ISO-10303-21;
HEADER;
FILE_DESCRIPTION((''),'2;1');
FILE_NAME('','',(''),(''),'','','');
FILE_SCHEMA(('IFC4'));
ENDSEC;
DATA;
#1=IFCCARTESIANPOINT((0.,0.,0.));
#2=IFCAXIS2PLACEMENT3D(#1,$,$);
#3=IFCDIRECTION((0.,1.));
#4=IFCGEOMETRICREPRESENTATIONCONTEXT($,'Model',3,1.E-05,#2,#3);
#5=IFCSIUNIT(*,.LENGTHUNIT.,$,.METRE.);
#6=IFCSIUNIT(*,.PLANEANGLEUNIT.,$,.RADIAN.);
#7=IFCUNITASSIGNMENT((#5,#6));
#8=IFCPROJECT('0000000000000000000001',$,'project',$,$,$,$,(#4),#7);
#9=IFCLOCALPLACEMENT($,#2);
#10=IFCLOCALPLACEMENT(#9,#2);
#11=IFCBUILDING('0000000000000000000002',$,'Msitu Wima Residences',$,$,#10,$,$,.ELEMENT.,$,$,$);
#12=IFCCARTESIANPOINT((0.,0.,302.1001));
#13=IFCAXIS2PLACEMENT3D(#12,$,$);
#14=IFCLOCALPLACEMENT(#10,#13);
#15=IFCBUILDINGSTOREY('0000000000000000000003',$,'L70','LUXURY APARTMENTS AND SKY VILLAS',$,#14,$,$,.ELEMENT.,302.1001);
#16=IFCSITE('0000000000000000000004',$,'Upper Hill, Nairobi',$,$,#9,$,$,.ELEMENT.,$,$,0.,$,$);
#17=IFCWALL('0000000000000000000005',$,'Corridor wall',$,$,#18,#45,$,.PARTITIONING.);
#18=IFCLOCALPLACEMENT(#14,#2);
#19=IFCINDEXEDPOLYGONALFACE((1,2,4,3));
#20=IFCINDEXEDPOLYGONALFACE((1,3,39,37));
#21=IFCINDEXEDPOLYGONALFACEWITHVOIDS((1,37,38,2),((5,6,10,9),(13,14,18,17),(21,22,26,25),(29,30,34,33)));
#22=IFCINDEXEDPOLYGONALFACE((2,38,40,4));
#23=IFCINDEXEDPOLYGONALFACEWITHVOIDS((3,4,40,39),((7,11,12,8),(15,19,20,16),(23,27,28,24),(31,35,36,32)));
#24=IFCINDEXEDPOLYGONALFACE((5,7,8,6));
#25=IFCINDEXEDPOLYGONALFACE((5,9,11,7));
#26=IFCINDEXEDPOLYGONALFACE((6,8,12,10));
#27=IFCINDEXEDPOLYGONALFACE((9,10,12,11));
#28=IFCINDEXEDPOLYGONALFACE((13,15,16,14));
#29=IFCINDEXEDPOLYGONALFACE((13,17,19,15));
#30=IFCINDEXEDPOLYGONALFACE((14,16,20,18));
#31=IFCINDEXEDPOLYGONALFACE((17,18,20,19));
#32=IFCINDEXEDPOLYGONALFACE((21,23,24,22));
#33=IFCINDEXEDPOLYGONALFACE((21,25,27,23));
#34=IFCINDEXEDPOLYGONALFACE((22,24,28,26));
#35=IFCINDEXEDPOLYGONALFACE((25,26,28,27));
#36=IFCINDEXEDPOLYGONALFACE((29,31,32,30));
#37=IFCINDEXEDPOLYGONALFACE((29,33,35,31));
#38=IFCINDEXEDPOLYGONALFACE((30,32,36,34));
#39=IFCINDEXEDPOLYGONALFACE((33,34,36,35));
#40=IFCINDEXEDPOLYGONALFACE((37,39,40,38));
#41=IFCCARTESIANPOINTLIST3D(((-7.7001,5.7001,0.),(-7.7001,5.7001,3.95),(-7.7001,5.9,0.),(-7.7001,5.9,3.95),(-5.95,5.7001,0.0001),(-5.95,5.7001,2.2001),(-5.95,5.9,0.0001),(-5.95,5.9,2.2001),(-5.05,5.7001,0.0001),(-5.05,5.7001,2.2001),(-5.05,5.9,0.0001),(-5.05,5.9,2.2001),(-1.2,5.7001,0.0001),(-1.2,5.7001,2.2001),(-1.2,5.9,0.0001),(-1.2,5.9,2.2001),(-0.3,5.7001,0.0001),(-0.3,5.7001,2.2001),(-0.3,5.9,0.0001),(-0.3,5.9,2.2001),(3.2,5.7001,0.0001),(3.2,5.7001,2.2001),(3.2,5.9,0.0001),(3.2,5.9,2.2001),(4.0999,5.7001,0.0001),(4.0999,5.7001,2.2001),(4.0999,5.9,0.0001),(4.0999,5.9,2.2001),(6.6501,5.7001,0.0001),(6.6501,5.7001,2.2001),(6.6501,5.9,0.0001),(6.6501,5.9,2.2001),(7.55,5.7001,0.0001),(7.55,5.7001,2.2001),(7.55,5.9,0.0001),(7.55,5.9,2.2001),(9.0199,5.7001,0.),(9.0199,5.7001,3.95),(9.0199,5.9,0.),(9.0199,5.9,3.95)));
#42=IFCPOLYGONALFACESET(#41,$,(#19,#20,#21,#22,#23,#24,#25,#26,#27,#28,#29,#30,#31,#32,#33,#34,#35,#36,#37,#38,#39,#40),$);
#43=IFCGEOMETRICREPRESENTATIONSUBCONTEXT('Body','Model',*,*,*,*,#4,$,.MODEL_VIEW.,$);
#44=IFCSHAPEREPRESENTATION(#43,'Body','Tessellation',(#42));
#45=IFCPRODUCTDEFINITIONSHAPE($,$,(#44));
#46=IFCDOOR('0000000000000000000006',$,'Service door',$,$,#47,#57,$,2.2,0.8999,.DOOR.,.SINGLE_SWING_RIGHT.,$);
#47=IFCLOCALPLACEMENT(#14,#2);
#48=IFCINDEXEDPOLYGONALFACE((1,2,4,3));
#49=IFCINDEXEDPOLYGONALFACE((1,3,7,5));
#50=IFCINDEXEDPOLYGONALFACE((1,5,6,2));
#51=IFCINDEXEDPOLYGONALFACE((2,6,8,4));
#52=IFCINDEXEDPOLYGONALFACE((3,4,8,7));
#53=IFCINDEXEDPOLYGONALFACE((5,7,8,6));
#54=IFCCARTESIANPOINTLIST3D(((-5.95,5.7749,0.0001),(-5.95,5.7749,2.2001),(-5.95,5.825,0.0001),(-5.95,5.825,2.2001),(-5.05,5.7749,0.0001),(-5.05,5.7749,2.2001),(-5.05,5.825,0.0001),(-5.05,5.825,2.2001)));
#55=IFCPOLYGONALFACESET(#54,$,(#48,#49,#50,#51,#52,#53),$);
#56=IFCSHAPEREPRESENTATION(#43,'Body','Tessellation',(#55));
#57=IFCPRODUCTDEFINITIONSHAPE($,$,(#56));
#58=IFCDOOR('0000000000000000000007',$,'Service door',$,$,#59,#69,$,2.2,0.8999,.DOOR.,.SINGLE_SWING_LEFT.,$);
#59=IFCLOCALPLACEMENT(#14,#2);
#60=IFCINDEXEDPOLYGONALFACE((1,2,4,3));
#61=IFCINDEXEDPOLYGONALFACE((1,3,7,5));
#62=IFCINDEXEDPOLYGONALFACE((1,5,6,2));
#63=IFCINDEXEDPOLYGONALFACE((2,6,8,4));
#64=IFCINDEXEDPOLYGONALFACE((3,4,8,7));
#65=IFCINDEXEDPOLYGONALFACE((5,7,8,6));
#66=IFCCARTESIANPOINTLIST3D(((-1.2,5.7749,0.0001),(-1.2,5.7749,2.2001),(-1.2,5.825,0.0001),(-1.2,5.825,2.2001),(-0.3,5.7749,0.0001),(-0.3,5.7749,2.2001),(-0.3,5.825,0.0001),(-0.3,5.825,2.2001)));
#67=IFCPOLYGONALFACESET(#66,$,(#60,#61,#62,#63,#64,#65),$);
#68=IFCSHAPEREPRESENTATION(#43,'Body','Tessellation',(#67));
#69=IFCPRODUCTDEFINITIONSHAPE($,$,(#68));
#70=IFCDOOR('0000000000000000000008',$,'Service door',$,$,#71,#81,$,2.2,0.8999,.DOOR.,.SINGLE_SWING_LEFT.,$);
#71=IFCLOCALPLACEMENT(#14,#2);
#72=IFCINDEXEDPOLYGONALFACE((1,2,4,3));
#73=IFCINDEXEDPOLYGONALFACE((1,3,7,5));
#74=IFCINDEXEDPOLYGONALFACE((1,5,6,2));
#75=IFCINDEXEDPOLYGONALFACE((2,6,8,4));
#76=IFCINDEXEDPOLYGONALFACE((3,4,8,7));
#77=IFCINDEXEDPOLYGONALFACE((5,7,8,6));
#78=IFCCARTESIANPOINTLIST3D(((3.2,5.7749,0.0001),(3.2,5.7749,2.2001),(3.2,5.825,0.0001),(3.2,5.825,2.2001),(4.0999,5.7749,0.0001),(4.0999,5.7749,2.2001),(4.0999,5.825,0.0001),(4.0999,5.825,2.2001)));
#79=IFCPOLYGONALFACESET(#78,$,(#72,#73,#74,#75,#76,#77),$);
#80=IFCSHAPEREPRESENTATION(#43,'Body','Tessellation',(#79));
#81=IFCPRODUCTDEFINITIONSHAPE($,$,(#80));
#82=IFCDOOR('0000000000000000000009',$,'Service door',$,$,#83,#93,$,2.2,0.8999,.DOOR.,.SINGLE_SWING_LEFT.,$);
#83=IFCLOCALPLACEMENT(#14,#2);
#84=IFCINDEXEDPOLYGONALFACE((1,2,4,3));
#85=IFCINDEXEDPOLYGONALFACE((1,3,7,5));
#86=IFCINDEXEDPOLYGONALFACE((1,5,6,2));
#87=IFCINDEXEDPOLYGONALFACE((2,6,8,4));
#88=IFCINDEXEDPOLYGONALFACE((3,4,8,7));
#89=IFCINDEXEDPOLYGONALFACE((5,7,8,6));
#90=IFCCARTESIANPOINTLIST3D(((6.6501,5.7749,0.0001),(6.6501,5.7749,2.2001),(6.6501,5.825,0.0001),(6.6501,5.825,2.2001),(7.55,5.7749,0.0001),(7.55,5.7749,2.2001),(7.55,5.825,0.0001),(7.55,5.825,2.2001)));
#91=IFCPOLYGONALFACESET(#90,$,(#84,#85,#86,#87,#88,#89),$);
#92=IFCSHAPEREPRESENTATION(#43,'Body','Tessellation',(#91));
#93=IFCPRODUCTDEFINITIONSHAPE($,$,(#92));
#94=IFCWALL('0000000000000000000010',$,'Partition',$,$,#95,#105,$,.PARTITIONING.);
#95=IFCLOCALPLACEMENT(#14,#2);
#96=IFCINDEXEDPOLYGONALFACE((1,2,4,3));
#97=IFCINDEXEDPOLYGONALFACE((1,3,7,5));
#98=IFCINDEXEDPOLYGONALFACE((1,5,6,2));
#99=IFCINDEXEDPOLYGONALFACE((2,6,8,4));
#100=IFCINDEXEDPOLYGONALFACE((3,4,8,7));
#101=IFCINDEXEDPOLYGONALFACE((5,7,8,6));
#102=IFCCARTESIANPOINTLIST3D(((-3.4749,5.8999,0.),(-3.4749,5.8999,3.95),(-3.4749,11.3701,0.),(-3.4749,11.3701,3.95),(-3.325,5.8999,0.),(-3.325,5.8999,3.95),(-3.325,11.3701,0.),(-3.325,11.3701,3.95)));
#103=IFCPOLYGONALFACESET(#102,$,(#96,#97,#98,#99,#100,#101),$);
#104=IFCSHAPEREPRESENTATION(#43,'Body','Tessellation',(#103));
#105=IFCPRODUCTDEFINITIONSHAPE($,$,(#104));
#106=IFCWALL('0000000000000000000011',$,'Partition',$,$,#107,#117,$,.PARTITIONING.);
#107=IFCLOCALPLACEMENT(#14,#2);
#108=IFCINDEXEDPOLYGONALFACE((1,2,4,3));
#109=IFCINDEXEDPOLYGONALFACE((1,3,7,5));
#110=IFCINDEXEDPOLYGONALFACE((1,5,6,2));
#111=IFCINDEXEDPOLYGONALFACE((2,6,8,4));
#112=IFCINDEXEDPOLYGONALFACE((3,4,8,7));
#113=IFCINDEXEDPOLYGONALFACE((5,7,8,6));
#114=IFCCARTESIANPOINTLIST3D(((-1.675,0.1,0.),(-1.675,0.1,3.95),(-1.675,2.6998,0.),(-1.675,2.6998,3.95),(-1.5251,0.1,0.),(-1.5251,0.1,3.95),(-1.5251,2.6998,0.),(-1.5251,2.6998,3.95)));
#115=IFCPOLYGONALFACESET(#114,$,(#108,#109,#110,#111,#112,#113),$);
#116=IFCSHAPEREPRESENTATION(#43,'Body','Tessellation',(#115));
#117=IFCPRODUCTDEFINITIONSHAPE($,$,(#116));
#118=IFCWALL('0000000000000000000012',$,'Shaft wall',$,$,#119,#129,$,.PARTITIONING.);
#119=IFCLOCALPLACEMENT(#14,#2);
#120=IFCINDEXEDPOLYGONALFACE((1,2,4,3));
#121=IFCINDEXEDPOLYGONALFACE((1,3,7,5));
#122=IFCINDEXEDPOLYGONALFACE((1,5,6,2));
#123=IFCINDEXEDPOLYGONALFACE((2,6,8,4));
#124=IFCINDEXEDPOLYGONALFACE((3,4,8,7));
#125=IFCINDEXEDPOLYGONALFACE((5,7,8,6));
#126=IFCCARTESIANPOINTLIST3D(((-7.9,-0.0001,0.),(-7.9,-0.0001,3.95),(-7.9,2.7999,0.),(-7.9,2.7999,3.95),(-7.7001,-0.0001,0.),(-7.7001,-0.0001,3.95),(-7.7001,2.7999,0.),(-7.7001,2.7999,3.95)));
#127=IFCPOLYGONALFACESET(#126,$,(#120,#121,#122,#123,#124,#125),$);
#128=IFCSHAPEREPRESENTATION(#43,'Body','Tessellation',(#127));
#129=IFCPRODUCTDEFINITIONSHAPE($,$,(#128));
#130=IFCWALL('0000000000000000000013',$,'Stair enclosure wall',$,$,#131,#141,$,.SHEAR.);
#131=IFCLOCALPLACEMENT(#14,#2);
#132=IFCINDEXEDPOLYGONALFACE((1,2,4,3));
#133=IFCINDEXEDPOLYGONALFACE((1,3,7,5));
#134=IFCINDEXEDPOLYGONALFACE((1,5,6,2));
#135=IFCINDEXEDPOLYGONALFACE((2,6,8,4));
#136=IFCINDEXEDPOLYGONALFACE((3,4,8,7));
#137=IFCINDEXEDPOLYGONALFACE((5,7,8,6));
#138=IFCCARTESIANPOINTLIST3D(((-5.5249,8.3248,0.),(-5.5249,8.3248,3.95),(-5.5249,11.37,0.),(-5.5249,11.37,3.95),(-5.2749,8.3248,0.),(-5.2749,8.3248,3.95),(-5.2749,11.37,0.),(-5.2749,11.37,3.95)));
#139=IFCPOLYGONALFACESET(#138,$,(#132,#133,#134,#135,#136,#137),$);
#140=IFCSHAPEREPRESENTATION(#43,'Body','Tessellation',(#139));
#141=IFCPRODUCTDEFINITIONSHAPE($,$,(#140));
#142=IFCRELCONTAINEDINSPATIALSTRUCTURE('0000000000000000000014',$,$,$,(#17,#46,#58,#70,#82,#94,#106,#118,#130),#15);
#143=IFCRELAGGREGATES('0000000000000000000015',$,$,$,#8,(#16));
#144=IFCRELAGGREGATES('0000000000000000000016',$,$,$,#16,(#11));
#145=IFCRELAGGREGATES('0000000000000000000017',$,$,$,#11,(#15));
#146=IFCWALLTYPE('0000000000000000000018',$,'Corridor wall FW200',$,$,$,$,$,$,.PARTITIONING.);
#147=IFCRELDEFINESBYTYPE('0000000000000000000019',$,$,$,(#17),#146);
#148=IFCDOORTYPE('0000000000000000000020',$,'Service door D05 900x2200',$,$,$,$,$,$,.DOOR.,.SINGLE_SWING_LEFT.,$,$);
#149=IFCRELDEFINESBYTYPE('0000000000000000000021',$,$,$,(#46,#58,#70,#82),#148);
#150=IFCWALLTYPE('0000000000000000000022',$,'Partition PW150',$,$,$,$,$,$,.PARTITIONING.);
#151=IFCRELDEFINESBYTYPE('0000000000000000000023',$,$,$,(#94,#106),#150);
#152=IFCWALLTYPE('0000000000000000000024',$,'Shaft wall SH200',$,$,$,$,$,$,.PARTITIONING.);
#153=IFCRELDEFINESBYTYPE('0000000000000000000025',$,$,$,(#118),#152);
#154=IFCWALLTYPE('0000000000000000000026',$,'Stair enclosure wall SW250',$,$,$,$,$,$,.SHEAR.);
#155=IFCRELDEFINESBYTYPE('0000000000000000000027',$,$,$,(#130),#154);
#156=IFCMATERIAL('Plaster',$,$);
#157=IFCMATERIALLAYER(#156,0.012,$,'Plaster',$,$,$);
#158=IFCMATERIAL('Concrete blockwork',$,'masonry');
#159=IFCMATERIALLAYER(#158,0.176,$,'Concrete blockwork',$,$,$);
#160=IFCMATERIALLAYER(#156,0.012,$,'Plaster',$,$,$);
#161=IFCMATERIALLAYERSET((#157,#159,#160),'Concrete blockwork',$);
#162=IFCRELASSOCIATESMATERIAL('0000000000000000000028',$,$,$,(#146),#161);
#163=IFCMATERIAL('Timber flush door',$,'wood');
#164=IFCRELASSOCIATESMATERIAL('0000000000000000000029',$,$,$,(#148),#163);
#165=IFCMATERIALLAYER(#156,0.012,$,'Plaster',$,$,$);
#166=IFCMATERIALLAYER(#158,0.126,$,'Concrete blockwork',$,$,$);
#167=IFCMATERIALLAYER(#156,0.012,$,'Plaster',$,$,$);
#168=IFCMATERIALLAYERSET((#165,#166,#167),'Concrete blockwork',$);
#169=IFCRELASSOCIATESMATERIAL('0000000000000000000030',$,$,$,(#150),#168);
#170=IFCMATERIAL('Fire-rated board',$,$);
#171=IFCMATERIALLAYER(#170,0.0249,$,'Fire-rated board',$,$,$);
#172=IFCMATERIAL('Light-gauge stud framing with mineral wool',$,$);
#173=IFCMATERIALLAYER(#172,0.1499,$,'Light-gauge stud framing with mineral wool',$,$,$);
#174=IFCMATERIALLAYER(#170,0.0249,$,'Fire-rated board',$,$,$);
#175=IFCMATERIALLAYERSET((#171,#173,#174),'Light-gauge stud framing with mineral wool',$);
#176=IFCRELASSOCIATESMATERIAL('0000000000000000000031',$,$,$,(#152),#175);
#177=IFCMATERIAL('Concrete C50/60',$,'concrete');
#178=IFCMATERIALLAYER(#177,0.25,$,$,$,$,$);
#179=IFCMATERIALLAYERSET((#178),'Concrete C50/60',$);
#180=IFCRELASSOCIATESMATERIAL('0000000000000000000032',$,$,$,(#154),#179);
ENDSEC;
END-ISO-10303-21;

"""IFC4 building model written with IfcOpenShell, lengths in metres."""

from ifc_helpers import new_model, si_unit, direction, frame, frame_2d, origin, place, context, subcontext, project, spatial, rectangle, extrude, material, layer, layer_set, type_object, element, fill, save


model = new_model("IFC4")

# Units and contexts
model_context = context("Model", 3, precision=1e-05, world=origin(), true_north=direction((0.0, 1.0)))
body_context = subcontext(model_context, "Body", "Model", "MODEL_VIEW")
ifc_project = project(units=[si_unit("LENGTHUNIT", "METRE"), si_unit("PLANEANGLEUNIT", "RADIAN")], contexts=[model_context])

# Site, building, storey
site_placement = place(None, origin())
site = spatial("IfcSite", under=ifc_project, at=site_placement, Name="Upper Hill, Nairobi", CompositionType="ELEMENT", RefElevation=0.0)
building_placement = place(site_placement, origin())
building = spatial("IfcBuilding", under=site, at=building_placement, Name="Msitu Wima Residences", CompositionType="ELEMENT")
storey_placement = place(building_placement, frame((0.0, 0.0, 302.1001)))
storey = spatial("IfcBuildingStorey", under=building, at=storey_placement, Name="L70", Description="LUXURY APARTMENTS AND SKY VILLAS", CompositionType="ELEMENT", Elevation=302.1001)

# Shared definitions
ifc_material_1 = material(Name="Plaster")
ifc_layer_1 = layer(ifc_material_1, 0.012, Name="Plaster")
ifc_material_2 = material(Name="Concrete blockwork", Category="masonry")
ifc_layer_2 = layer(ifc_material_2, 0.176, Name="Concrete blockwork")
ifc_layer_3 = layer(ifc_material_1, 0.012, Name="Plaster")
ifc_layer_set_1 = layer_set([ifc_layer_1, ifc_layer_2, ifc_layer_3], Name="Concrete blockwork")
wall_type_1 = type_object("IfcWallType", Name="Corridor wall FW200", PredefinedType="PARTITIONING", material=ifc_layer_set_1)
ifc_material_3 = material(Name="Timber flush door", Category="wood")
door_type_1 = type_object("IfcDoorType", Name="Service door D05 900x2200", OperationType="SINGLE_SWING_LEFT", PredefinedType="DOOR", material=ifc_material_3)

# Wall, openings, doors
wall_1_placement = place(storey_placement, frame((-7.7, 5.8, 0.0), z_axis=(0.0, 0.0, 1.0), x_axis=(1.0, 0.0, 0.0)))
wall_1 = element("IfcWall", 1, at=wall_1_placement, inside=storey, type_object=wall_type_1, Name="Corridor wall", PredefinedType="PARTITIONING", context=body_context, shape_type="SweptSolid", body=[
    extrude(rectangle(XDim=16.72, YDim=0.2, at=frame_2d((8.3599, 0.0))), origin(), (0.0, 0.0, 1.0), 3.95),
])
opening_1_placement = place(wall_1_placement, frame((1.75, 0.0, 0.0)))
opening_1 = element("IfcOpeningElement", 2, at=opening_1_placement, cuts=wall_1, PredefinedType="OPENING", context=body_context, shape_type="SweptSolid", body=[
    extrude(rectangle(XDim=0.8999, YDim=2.2, at=frame_2d((0.45, 1.1001))), frame((0.0, 0.1099, 0.0), z_axis=(0.0, -1.0, 0.0), x_axis=(1.0, 0.0, 0.0)), (0.0, 0.0, 1.0), 0.22),
])
opening_2_placement = place(wall_1_placement, frame((6.5, 0.0, 0.0)))
opening_2 = element("IfcOpeningElement", 3, at=opening_2_placement, cuts=wall_1, PredefinedType="OPENING", context=body_context, shape_type="SweptSolid", body=[
    extrude(rectangle(XDim=0.8999, YDim=2.2, at=frame_2d((0.45, 1.1001))), frame((0.0, 0.1099, 0.0), z_axis=(0.0, -1.0, 0.0), x_axis=(1.0, 0.0, 0.0)), (0.0, 0.0, 1.0), 0.22),
])
opening_3_placement = place(wall_1_placement, frame((10.8999, 0.0, 0.0)))
opening_3 = element("IfcOpeningElement", 4, at=opening_3_placement, cuts=wall_1, PredefinedType="OPENING", context=body_context, shape_type="SweptSolid", body=[
    extrude(rectangle(XDim=0.8999, YDim=2.2, at=frame_2d((0.45, 1.1001))), frame((0.0, 0.1099, 0.0), z_axis=(0.0, -1.0, 0.0), x_axis=(1.0, 0.0, 0.0)), (0.0, 0.0, 1.0), 0.22),
])
opening_4_placement = place(wall_1_placement, frame((14.3501, 0.0, 0.0)))
opening_4 = element("IfcOpeningElement", 5, at=opening_4_placement, cuts=wall_1, PredefinedType="OPENING", context=body_context, shape_type="SweptSolid", body=[
    extrude(rectangle(XDim=0.8999, YDim=2.2, at=frame_2d((0.45, 1.1001))), frame((0.0, 0.1099, 0.0), z_axis=(0.0, -1.0, 0.0), x_axis=(1.0, 0.0, 0.0)), (0.0, 0.0, 1.0), 0.22),
])
door_1_placement = place(opening_1_placement, origin())
door_1 = element("IfcDoor", 6, at=door_1_placement, inside=storey, type_object=door_type_1, Name="Service door", OperationType="SINGLE_SWING_RIGHT", OverallHeight=2.2, OverallWidth=0.8999, PredefinedType="DOOR", context=body_context, shape_type="SweptSolid", body=[
    extrude(rectangle(XDim=0.8999, YDim=2.2, at=frame_2d((0.45, 1.1001))), frame((0.0, 0.0249, 0.0), z_axis=(0.0, -1.0, 0.0), x_axis=(1.0, 0.0, 0.0)), (0.0, 0.0, 1.0), 0.05),
])
fill(opening_1, door_1)
door_2_placement = place(opening_2_placement, origin())
door_2 = element("IfcDoor", 7, at=door_2_placement, inside=storey, type_object=door_type_1, Name="Service door", OperationType="SINGLE_SWING_LEFT", OverallHeight=2.2, OverallWidth=0.8999, PredefinedType="DOOR", context=body_context, shape_type="SweptSolid", body=[
    extrude(rectangle(XDim=0.8999, YDim=2.2, at=frame_2d((0.45, 1.1001))), frame((0.0, 0.0249, 0.0), z_axis=(0.0, -1.0, 0.0), x_axis=(1.0, 0.0, 0.0)), (0.0, 0.0, 1.0), 0.05),
])
fill(opening_2, door_2)
door_3_placement = place(opening_3_placement, origin())
door_3 = element("IfcDoor", 8, at=door_3_placement, inside=storey, type_object=door_type_1, Name="Service door", OperationType="SINGLE_SWING_LEFT", OverallHeight=2.2, OverallWidth=0.8999, PredefinedType="DOOR", context=body_context, shape_type="SweptSolid", body=[
    extrude(rectangle(XDim=0.8999, YDim=2.2, at=frame_2d((0.45, 1.1001))), frame((0.0, 0.0249, 0.0), z_axis=(0.0, -1.0, 0.0), x_axis=(1.0, 0.0, 0.0)), (0.0, 0.0, 1.0), 0.05),
])
fill(opening_3, door_3)
door_4_placement = place(opening_4_placement, origin())
door_4 = element("IfcDoor", 9, at=door_4_placement, inside=storey, type_object=door_type_1, Name="Service door", OperationType="SINGLE_SWING_LEFT", OverallHeight=2.2, OverallWidth=0.8999, PredefinedType="DOOR", context=body_context, shape_type="SweptSolid", body=[
    extrude(rectangle(XDim=0.8999, YDim=2.2, at=frame_2d((0.45, 1.1001))), frame((0.0, 0.0249, 0.0), z_axis=(0.0, -1.0, 0.0), x_axis=(1.0, 0.0, 0.0)), (0.0, 0.0, 1.0), 0.05),
])
fill(opening_4, door_4)

# Walls
ifc_layer_4 = layer(ifc_material_1, 0.012, Name="Plaster")
ifc_layer_5 = layer(ifc_material_2, 0.126, Name="Concrete blockwork")
ifc_layer_6 = layer(ifc_material_1, 0.012, Name="Plaster")
ifc_layer_set_2 = layer_set([ifc_layer_4, ifc_layer_5, ifc_layer_6], Name="Concrete blockwork")
wall_type_2 = type_object("IfcWallType", Name="Partition PW150", PredefinedType="PARTITIONING", material=ifc_layer_set_2)
wall_2_placement = place(storey_placement, frame((-3.3999, 5.8999, 0.0), z_axis=(0.0, 0.0, 1.0), x_axis=(0.0, 1.0, 0.0)))
element("IfcWall", 10, at=wall_2_placement, inside=storey, type_object=wall_type_2, Name="Partition", PredefinedType="PARTITIONING", context=body_context, shape_type="SweptSolid", body=[
    extrude(rectangle(XDim=5.4702, YDim=0.1499, at=frame_2d((2.7351, 0.0))), origin(), (0.0, 0.0, 1.0), 3.95),
])
wall_3_placement = place(storey_placement, frame((-1.6001, 0.1001, 0.0), z_axis=(0.0, 0.0, 1.0), x_axis=(0.0, 1.0, 0.0)))
element("IfcWall", 11, at=wall_3_placement, inside=storey, type_object=wall_type_2, Name="Partition", PredefinedType="PARTITIONING", context=body_context, shape_type="SweptSolid", body=[
    extrude(rectangle(XDim=2.5999, YDim=0.1499, at=frame_2d((1.2998, 0.0))), origin(), (0.0, 0.0, 1.0), 3.95),
])
ifc_material_4 = material(Name="Fire-rated board")
ifc_layer_7 = layer(ifc_material_4, 0.0249, Name="Fire-rated board")
ifc_material_5 = material(Name="Light-gauge stud framing with mineral wool")
ifc_layer_8 = layer(ifc_material_5, 0.1499, Name="Light-gauge stud framing with mineral wool")
ifc_layer_9 = layer(ifc_material_4, 0.0249, Name="Fire-rated board")
ifc_layer_set_3 = layer_set([ifc_layer_7, ifc_layer_8, ifc_layer_9], Name="Light-gauge stud framing with mineral wool")
wall_type_3 = type_object("IfcWallType", Name="Shaft wall SH200", PredefinedType="PARTITIONING", material=ifc_layer_set_3)
wall_4_placement = place(storey_placement, frame((-7.8, 0.0, 0.0), z_axis=(0.0, 0.0, 1.0), x_axis=(0.0, 1.0, 0.0)))
element("IfcWall", 12, at=wall_4_placement, inside=storey, type_object=wall_type_3, Name="Shaft wall", PredefinedType="PARTITIONING", context=body_context, shape_type="SweptSolid", body=[
    extrude(rectangle(XDim=2.8, YDim=0.2, at=frame_2d((1.3999, 0.0))), origin(), (0.0, 0.0, 1.0), 3.95),
])
ifc_material_6 = material(Name="Concrete C50/60", Category="concrete")
ifc_layer_10 = layer(ifc_material_6, 0.25)
ifc_layer_set_4 = layer_set([ifc_layer_10], Name="Concrete C50/60")
wall_type_4 = type_object("IfcWallType", Name="Stair enclosure wall SW250", PredefinedType="SHEAR", material=ifc_layer_set_4)
wall_5_placement = place(storey_placement, frame((-5.3999, 8.325, 0.0), z_axis=(0.0, 0.0, 1.0), x_axis=(0.0, 1.0, 0.0)))
element("IfcWall", 13, at=wall_5_placement, inside=storey, type_object=wall_type_4, Name="Stair enclosure wall", PredefinedType="SHEAR", context=body_context, shape_type="SweptSolid", body=[
    extrude(rectangle(XDim=3.0452, YDim=0.25, at=frame_2d((1.5225, 0.0))), origin(), (0.0, 0.0, 1.0), 3.95),
])

save(model, "model.ifc")
